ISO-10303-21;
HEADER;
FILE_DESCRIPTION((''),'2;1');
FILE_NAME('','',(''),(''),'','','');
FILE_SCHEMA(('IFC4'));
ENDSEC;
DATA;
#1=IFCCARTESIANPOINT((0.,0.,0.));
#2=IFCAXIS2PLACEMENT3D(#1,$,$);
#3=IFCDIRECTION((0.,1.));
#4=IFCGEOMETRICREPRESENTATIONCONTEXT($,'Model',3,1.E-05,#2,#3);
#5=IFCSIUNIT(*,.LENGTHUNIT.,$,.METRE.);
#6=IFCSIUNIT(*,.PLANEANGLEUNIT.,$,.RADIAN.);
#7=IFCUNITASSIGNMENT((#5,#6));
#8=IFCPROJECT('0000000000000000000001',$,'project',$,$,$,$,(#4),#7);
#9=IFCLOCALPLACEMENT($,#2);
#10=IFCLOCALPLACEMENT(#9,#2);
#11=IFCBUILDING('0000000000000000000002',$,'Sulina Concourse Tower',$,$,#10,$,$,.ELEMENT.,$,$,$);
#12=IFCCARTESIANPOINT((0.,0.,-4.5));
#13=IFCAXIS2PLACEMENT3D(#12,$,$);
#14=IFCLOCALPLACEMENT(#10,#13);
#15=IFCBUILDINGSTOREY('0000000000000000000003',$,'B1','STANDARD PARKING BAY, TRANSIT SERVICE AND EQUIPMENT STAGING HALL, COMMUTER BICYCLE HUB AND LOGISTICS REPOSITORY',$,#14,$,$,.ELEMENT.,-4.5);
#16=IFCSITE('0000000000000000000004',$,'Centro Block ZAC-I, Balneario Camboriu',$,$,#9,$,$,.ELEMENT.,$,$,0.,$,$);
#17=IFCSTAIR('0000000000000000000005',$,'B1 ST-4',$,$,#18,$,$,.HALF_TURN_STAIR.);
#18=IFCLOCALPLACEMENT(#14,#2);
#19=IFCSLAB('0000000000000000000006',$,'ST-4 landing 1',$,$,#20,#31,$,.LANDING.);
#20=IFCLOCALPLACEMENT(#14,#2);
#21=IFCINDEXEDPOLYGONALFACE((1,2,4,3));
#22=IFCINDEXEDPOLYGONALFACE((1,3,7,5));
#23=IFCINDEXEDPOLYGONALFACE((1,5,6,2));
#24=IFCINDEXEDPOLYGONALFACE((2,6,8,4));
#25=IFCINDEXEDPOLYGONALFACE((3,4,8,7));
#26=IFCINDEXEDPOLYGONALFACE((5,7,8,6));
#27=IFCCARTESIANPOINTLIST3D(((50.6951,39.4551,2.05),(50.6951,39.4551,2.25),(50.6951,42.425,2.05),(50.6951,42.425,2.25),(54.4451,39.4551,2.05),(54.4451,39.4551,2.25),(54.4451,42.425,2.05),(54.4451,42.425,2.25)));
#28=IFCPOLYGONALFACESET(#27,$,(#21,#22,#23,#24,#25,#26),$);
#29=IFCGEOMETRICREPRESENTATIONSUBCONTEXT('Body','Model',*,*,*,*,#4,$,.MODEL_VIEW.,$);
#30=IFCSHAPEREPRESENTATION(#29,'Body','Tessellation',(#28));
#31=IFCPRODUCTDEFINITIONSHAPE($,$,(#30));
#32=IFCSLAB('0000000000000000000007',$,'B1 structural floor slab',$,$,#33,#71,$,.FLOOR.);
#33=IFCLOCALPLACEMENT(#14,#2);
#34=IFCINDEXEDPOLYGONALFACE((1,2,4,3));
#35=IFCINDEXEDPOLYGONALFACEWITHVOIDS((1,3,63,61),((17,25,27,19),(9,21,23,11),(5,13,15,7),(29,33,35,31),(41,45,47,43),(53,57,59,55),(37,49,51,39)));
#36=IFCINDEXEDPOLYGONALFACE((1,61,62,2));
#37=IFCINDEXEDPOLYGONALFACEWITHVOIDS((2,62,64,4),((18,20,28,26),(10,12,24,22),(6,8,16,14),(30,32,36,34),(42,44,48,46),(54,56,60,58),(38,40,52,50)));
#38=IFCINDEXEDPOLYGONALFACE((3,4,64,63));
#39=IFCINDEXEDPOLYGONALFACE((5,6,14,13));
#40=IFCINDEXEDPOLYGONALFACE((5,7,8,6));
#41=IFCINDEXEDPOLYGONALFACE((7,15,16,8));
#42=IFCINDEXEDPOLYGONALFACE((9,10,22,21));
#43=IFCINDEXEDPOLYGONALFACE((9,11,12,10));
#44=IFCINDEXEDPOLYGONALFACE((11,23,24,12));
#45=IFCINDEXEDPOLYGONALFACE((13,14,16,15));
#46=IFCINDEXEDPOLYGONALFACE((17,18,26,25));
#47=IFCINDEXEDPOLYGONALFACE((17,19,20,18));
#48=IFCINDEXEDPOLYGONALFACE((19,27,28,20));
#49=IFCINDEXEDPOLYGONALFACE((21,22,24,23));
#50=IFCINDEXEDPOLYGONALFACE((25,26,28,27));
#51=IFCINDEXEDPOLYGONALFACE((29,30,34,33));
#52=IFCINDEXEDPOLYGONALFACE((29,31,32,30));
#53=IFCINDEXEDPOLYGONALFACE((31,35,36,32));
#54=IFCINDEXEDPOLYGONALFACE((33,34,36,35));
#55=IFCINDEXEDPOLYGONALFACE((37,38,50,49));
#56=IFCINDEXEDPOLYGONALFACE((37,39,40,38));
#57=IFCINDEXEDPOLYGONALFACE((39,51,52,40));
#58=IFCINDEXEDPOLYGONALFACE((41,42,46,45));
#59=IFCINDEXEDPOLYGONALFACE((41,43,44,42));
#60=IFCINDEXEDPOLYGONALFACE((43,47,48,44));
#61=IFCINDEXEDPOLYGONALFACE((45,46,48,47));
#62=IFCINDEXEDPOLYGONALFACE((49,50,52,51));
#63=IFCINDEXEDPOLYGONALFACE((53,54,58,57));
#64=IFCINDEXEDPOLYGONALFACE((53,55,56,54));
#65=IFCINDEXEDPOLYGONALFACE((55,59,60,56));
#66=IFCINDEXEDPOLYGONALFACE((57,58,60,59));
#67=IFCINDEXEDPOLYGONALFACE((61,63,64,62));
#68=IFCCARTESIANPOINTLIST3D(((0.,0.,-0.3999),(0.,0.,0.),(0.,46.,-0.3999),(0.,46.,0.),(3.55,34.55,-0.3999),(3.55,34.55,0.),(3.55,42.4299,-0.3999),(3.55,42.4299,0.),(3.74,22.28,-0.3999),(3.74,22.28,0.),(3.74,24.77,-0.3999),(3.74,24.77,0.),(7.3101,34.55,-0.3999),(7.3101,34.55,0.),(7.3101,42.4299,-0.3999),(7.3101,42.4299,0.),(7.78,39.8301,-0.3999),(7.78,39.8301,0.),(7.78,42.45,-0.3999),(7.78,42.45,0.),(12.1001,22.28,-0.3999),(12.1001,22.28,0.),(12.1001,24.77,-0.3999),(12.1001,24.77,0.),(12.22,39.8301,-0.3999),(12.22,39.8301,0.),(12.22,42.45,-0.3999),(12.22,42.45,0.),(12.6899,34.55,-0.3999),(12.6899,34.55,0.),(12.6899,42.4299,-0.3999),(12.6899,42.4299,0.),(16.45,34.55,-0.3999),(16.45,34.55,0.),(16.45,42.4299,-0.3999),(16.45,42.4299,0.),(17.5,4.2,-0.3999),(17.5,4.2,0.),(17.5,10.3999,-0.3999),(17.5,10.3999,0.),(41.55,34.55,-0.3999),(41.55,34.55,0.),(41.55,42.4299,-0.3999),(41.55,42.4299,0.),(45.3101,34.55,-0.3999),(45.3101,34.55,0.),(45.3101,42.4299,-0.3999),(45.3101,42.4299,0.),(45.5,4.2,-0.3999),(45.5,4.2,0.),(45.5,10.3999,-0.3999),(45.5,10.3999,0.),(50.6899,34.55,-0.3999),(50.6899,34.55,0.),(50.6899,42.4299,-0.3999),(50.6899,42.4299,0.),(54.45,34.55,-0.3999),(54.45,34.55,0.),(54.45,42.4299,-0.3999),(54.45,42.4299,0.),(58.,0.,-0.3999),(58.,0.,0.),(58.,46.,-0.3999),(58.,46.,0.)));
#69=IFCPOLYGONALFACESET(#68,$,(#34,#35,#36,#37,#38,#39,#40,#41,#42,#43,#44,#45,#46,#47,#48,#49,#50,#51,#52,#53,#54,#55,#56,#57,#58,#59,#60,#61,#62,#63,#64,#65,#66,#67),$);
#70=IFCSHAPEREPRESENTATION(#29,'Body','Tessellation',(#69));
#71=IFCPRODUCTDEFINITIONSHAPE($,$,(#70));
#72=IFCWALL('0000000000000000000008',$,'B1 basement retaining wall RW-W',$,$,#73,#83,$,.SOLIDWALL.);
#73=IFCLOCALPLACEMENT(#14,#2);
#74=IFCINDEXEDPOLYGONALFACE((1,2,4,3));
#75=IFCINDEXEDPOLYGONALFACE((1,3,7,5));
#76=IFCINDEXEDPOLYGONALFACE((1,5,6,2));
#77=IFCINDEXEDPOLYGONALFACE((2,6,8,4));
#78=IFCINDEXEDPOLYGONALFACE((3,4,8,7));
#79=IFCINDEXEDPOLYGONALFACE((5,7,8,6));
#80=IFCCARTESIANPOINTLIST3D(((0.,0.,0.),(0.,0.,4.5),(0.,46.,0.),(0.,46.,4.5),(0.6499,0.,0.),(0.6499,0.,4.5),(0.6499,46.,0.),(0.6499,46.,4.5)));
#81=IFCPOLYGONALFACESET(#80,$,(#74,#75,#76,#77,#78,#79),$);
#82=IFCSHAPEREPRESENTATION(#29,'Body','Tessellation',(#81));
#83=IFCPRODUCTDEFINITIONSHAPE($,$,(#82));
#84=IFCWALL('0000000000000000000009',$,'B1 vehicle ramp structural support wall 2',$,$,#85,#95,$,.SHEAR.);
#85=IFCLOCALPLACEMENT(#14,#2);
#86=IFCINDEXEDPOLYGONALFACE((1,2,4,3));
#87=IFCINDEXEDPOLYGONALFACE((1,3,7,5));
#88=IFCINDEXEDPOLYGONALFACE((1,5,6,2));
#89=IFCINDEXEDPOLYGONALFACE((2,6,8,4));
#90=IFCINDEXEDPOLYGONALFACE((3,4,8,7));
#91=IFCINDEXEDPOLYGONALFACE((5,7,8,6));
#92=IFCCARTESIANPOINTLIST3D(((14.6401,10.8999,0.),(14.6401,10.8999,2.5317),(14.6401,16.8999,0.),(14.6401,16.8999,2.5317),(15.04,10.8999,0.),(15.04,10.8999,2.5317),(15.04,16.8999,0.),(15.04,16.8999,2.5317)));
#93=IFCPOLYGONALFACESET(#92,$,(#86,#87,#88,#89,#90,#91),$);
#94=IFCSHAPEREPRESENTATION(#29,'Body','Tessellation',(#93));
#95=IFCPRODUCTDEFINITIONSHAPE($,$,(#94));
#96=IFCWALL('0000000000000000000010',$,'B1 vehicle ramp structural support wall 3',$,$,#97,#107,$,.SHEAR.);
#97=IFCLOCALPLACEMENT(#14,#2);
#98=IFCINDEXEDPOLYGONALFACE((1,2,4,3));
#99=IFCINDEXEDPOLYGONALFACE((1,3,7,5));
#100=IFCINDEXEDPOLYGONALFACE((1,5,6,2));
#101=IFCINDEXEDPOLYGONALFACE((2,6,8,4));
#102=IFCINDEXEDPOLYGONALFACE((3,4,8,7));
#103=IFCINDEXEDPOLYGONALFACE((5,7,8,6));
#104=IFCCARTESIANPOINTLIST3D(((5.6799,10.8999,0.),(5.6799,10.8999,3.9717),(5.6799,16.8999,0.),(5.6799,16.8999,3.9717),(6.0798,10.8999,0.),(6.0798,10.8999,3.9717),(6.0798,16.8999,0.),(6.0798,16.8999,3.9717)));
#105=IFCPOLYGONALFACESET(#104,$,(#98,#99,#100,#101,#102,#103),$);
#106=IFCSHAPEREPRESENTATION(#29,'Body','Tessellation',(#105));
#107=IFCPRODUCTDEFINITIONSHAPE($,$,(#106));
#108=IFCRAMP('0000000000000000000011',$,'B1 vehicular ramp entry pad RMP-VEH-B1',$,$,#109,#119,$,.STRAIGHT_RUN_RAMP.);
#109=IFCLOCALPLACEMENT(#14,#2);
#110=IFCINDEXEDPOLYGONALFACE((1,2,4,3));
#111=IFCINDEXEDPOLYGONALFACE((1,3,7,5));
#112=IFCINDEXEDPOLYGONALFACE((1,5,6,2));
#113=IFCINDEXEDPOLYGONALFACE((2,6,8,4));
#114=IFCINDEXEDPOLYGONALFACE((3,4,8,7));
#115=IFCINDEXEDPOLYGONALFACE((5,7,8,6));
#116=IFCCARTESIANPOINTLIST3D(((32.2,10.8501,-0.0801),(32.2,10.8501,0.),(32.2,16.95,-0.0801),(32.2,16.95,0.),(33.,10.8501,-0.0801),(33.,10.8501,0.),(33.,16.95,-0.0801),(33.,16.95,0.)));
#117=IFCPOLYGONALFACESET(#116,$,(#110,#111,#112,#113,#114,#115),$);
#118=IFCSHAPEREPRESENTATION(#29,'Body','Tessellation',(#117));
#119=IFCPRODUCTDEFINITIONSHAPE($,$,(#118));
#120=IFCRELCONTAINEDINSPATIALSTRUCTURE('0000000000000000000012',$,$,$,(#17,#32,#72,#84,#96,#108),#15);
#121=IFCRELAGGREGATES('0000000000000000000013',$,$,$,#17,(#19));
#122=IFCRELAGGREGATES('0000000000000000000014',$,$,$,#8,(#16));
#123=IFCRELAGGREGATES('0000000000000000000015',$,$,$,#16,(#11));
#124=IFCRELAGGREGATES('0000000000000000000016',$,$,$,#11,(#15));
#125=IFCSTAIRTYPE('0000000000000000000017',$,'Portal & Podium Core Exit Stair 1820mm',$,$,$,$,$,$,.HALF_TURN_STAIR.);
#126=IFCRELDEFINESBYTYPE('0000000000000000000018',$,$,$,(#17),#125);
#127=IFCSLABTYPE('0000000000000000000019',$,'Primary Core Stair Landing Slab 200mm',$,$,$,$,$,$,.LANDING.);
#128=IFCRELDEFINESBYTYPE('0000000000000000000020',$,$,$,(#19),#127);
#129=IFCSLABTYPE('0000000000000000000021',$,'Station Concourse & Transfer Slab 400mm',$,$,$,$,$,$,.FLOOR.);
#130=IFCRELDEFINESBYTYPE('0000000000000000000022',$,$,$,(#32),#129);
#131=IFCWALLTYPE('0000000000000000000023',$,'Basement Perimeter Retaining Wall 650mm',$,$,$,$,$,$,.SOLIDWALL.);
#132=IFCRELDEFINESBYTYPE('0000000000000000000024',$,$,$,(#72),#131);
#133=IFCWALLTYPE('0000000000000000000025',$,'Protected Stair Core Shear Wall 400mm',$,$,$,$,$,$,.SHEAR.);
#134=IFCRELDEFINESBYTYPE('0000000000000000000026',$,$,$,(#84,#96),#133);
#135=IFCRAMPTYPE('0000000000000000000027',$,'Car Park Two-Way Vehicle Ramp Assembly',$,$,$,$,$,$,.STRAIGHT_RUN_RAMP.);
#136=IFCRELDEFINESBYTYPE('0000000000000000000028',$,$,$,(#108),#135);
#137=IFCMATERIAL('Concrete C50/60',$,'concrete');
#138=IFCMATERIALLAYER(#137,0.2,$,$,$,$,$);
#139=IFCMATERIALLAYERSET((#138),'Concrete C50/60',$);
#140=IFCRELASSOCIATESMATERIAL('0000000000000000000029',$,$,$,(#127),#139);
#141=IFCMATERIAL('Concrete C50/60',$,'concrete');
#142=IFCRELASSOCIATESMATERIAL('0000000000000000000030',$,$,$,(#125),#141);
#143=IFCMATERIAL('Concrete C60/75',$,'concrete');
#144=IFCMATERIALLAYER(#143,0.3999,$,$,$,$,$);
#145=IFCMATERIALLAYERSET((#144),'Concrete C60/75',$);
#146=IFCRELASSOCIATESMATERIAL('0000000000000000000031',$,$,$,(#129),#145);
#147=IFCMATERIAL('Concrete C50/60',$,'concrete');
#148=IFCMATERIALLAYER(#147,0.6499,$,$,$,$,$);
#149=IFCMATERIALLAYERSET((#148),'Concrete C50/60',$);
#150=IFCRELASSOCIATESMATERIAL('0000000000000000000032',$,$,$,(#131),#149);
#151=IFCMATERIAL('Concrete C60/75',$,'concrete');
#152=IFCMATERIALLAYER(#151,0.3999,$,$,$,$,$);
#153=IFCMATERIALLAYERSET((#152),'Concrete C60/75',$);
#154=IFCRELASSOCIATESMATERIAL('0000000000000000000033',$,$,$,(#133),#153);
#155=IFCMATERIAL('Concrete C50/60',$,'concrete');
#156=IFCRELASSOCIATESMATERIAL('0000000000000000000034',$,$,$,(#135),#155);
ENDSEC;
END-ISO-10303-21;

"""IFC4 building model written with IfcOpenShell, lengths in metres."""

from ifc_helpers import new_model, si_unit, direction, frame, frame_2d, origin, place, context, subcontext, project, spatial, polyline, rectangle, outline, extrude, material, layer, layer_set, type_object, element, aggregate, save


model = new_model("IFC4")

# Units and contexts
model_context = context("Model", 3, precision=1e-05, world=origin(), true_north=direction((0.0, 1.0)))
body_context = subcontext(model_context, "Body", "Model", "MODEL_VIEW")
ifc_project = project(units=[si_unit("LENGTHUNIT", "METRE"), si_unit("PLANEANGLEUNIT", "RADIAN")], contexts=[model_context])

# Site, building, storey
site_placement = place(None, origin())
site = spatial("IfcSite", under=ifc_project, at=site_placement, Name="Centro Block ZAC-I, Balneario Camboriu", CompositionType="ELEMENT", RefElevation=0.0)
building_placement = place(site_placement, origin())
building = spatial("IfcBuilding", under=site, at=building_placement, Name="Sulina Concourse Tower", CompositionType="ELEMENT")
storey_placement = place(building_placement, frame((0.0, 0.0, -4.5)))
storey = spatial("IfcBuildingStorey", under=building, at=storey_placement, Name="B1", Description="STANDARD PARKING BAY, TRANSIT SERVICE AND EQUIPMENT STAGING HALL, COMMUTER BICYCLE HUB AND LOGISTICS REPOSITORY", CompositionType="ELEMENT", Elevation=-4.5)

# Shared definitions
ifc_material_1 = material(Name="Concrete C50/60", Category="concrete")
ifc_layer_1 = layer(ifc_material_1, 0.2)
ifc_layer_set_1 = layer_set([ifc_layer_1], Name="Concrete C50/60")
slab_type_1 = type_object("IfcSlabType", Name="Primary Core Stair Landing Slab 200mm", PredefinedType="LANDING", material=ifc_layer_set_1)

# Stair, slab
ifc_material_2 = material(Name="Concrete C50/60", Category="concrete")
stair_type_1 = type_object("IfcStairType", Name="Portal & Podium Core Exit Stair 1820mm", PredefinedType="HALF_TURN_STAIR", material=ifc_material_2)
stair_1_placement = place(storey_placement, origin())
stair_1 = element("IfcStair", 1, at=stair_1_placement, inside=storey, type_object=stair_type_1, Name="B1 ST-4", PredefinedType="HALF_TURN_STAIR")
slab_1_placement = place(storey_placement, frame((0.0, 0.0, 2.05)))
slab_1 = element("IfcSlab", 2, at=slab_1_placement, type_object=slab_type_1, Name="ST-4 landing 1", PredefinedType="LANDING", context=body_context, shape_type="SweptSolid", body=[
    extrude(outline(polyline([(54.4451, 39.4551), (54.4451, 42.425), (50.6951, 42.425), (50.6951, 39.4551), (54.4451, 39.4551)])), origin(), (0.0, 0.0, 1.0), 0.2),
])
aggregate(stair_1, [slab_1])

# Slab
ifc_material_3 = material(Name="Concrete C60/75", Category="concrete")
ifc_layer_2 = layer(ifc_material_3, 0.3999)
ifc_layer_set_2 = layer_set([ifc_layer_2], Name="Concrete C60/75")
slab_type_2 = type_object("IfcSlabType", Name="Station Concourse & Transfer Slab 400mm", PredefinedType="FLOOR", material=ifc_layer_set_2)
slab_2_placement = place(storey_placement, frame((0.0, 0.0, -0.3999)))
element("IfcSlab", 3, at=slab_2_placement, inside=storey, type_object=slab_type_2, Name="B1 structural floor slab", PredefinedType="FLOOR", context=body_context, shape_type="SweptSolid", body=[
    extrude(outline(polyline([(0.0, 0.0), (58.0, 0.0), (58.0, 46.0), (0.0, 46.0), (0.0, 0.0)]), holes=[polyline([(7.3101, 34.55), (7.3101, 42.4299), (3.55, 42.4299), (3.55, 34.55), (7.3101, 34.55)]), polyline([(16.45, 34.55), (16.45, 42.4299), (12.6899, 42.4299), (12.6899, 34.55), (16.45, 34.55)]), polyline([(45.3101, 34.55), (45.3101, 42.4299), (41.55, 42.4299), (41.55, 34.55), (45.3101, 34.55)]), polyline([(54.45, 34.55), (54.45, 42.4299), (50.6899, 42.4299), (50.6899, 34.55), (54.45, 34.55)]), polyline([(17.5, 4.2), (45.5, 4.2), (45.5, 10.3999), (17.5, 10.3999), (17.5, 4.2)]), polyline([(7.78, 39.8301), (12.22, 39.8301), (12.22, 42.45), (7.78, 42.45), (7.78, 39.8301)]), polyline([(3.74, 22.28), (12.1001, 22.28), (12.1001, 24.77), (3.74, 24.77), (3.74, 22.28)])]), origin(), (0.0, 0.0, 1.0), 0.3999),
])

# Walls
ifc_material_4 = material(Name="Concrete C50/60", Category="concrete")
ifc_layer_3 = layer(ifc_material_4, 0.6499)
ifc_layer_set_3 = layer_set([ifc_layer_3], Name="Concrete C50/60")
wall_type_1 = type_object("IfcWallType", Name="Basement Perimeter Retaining Wall 650mm", PredefinedType="SOLIDWALL", material=ifc_layer_set_3)
wall_1_placement = place(storey_placement, frame((0.325, 0.0, 0.0), z_axis=(0.0, 0.0, 1.0), x_axis=(0.0, 1.0, 0.0)))
element("IfcWall", 4, at=wall_1_placement, inside=storey, type_object=wall_type_1, Name="B1 basement retaining wall RW-W", PredefinedType="SOLIDWALL", context=body_context, shape_type="SweptSolid", body=[
    extrude(rectangle(XDim=46.0, YDim=0.6499, at=frame_2d((23.0, 0.0))), origin(), (0.0, 0.0, 1.0), 4.5),
])
ifc_material_5 = material(Name="Concrete C60/75", Category="concrete")
ifc_layer_4 = layer(ifc_material_5, 0.3999)
ifc_layer_set_4 = layer_set([ifc_layer_4], Name="Concrete C60/75")
wall_type_2 = type_object("IfcWallType", Name="Protected Stair Core Shear Wall 400mm", PredefinedType="SHEAR", material=ifc_layer_set_4)
wall_2_placement = place(storey_placement, frame((14.8401, 10.8999, 0.0), z_axis=(0.0, 0.0, 1.0), x_axis=(0.0, 1.0, 0.0)))
element("IfcWall", 5, at=wall_2_placement, inside=storey, type_object=wall_type_2, Name="B1 vehicle ramp structural support wall 2", PredefinedType="SHEAR", context=body_context, shape_type="SweptSolid", body=[
    extrude(rectangle(XDim=6.0, YDim=0.3999, at=frame_2d((3.0, 0.0))), origin(), (0.0, 0.0, 1.0), 2.5317),
])
wall_3_placement = place(storey_placement, frame((5.8799, 10.8999, 0.0), z_axis=(0.0, 0.0, 1.0), x_axis=(0.0, 1.0, 0.0)))
element("IfcWall", 6, at=wall_3_placement, inside=storey, type_object=wall_type_2, Name="B1 vehicle ramp structural support wall 3", PredefinedType="SHEAR", context=body_context, shape_type="SweptSolid", body=[
    extrude(rectangle(XDim=6.0, YDim=0.3999, at=frame_2d((3.0, 0.0))), origin(), (0.0, 0.0, 1.0), 3.9717),
])

# Ramp
ifc_material_6 = material(Name="Concrete C50/60", Category="concrete")
ramp_type = type_object("IfcRampType", Name="Car Park Two-Way Vehicle Ramp Assembly", PredefinedType="STRAIGHT_RUN_RAMP", material=ifc_material_6)
ramp_placement = place(storey_placement, frame((0.0, 0.0, -0.0801)))
element("IfcRamp", 7, at=ramp_placement, inside=storey, type_object=ramp_type, Name="B1 vehicular ramp entry pad RMP-VEH-B1", PredefinedType="STRAIGHT_RUN_RAMP", context=body_context, shape_type="SweptSolid", body=[
    extrude(outline(polyline([(32.2, 10.8501), (33.0, 10.8501), (33.0, 16.95), (32.2, 16.95), (32.2, 10.8501)])), origin(), (0.0, 0.0, 1.0), 0.0801),
])

save(model, "model.ifc")
